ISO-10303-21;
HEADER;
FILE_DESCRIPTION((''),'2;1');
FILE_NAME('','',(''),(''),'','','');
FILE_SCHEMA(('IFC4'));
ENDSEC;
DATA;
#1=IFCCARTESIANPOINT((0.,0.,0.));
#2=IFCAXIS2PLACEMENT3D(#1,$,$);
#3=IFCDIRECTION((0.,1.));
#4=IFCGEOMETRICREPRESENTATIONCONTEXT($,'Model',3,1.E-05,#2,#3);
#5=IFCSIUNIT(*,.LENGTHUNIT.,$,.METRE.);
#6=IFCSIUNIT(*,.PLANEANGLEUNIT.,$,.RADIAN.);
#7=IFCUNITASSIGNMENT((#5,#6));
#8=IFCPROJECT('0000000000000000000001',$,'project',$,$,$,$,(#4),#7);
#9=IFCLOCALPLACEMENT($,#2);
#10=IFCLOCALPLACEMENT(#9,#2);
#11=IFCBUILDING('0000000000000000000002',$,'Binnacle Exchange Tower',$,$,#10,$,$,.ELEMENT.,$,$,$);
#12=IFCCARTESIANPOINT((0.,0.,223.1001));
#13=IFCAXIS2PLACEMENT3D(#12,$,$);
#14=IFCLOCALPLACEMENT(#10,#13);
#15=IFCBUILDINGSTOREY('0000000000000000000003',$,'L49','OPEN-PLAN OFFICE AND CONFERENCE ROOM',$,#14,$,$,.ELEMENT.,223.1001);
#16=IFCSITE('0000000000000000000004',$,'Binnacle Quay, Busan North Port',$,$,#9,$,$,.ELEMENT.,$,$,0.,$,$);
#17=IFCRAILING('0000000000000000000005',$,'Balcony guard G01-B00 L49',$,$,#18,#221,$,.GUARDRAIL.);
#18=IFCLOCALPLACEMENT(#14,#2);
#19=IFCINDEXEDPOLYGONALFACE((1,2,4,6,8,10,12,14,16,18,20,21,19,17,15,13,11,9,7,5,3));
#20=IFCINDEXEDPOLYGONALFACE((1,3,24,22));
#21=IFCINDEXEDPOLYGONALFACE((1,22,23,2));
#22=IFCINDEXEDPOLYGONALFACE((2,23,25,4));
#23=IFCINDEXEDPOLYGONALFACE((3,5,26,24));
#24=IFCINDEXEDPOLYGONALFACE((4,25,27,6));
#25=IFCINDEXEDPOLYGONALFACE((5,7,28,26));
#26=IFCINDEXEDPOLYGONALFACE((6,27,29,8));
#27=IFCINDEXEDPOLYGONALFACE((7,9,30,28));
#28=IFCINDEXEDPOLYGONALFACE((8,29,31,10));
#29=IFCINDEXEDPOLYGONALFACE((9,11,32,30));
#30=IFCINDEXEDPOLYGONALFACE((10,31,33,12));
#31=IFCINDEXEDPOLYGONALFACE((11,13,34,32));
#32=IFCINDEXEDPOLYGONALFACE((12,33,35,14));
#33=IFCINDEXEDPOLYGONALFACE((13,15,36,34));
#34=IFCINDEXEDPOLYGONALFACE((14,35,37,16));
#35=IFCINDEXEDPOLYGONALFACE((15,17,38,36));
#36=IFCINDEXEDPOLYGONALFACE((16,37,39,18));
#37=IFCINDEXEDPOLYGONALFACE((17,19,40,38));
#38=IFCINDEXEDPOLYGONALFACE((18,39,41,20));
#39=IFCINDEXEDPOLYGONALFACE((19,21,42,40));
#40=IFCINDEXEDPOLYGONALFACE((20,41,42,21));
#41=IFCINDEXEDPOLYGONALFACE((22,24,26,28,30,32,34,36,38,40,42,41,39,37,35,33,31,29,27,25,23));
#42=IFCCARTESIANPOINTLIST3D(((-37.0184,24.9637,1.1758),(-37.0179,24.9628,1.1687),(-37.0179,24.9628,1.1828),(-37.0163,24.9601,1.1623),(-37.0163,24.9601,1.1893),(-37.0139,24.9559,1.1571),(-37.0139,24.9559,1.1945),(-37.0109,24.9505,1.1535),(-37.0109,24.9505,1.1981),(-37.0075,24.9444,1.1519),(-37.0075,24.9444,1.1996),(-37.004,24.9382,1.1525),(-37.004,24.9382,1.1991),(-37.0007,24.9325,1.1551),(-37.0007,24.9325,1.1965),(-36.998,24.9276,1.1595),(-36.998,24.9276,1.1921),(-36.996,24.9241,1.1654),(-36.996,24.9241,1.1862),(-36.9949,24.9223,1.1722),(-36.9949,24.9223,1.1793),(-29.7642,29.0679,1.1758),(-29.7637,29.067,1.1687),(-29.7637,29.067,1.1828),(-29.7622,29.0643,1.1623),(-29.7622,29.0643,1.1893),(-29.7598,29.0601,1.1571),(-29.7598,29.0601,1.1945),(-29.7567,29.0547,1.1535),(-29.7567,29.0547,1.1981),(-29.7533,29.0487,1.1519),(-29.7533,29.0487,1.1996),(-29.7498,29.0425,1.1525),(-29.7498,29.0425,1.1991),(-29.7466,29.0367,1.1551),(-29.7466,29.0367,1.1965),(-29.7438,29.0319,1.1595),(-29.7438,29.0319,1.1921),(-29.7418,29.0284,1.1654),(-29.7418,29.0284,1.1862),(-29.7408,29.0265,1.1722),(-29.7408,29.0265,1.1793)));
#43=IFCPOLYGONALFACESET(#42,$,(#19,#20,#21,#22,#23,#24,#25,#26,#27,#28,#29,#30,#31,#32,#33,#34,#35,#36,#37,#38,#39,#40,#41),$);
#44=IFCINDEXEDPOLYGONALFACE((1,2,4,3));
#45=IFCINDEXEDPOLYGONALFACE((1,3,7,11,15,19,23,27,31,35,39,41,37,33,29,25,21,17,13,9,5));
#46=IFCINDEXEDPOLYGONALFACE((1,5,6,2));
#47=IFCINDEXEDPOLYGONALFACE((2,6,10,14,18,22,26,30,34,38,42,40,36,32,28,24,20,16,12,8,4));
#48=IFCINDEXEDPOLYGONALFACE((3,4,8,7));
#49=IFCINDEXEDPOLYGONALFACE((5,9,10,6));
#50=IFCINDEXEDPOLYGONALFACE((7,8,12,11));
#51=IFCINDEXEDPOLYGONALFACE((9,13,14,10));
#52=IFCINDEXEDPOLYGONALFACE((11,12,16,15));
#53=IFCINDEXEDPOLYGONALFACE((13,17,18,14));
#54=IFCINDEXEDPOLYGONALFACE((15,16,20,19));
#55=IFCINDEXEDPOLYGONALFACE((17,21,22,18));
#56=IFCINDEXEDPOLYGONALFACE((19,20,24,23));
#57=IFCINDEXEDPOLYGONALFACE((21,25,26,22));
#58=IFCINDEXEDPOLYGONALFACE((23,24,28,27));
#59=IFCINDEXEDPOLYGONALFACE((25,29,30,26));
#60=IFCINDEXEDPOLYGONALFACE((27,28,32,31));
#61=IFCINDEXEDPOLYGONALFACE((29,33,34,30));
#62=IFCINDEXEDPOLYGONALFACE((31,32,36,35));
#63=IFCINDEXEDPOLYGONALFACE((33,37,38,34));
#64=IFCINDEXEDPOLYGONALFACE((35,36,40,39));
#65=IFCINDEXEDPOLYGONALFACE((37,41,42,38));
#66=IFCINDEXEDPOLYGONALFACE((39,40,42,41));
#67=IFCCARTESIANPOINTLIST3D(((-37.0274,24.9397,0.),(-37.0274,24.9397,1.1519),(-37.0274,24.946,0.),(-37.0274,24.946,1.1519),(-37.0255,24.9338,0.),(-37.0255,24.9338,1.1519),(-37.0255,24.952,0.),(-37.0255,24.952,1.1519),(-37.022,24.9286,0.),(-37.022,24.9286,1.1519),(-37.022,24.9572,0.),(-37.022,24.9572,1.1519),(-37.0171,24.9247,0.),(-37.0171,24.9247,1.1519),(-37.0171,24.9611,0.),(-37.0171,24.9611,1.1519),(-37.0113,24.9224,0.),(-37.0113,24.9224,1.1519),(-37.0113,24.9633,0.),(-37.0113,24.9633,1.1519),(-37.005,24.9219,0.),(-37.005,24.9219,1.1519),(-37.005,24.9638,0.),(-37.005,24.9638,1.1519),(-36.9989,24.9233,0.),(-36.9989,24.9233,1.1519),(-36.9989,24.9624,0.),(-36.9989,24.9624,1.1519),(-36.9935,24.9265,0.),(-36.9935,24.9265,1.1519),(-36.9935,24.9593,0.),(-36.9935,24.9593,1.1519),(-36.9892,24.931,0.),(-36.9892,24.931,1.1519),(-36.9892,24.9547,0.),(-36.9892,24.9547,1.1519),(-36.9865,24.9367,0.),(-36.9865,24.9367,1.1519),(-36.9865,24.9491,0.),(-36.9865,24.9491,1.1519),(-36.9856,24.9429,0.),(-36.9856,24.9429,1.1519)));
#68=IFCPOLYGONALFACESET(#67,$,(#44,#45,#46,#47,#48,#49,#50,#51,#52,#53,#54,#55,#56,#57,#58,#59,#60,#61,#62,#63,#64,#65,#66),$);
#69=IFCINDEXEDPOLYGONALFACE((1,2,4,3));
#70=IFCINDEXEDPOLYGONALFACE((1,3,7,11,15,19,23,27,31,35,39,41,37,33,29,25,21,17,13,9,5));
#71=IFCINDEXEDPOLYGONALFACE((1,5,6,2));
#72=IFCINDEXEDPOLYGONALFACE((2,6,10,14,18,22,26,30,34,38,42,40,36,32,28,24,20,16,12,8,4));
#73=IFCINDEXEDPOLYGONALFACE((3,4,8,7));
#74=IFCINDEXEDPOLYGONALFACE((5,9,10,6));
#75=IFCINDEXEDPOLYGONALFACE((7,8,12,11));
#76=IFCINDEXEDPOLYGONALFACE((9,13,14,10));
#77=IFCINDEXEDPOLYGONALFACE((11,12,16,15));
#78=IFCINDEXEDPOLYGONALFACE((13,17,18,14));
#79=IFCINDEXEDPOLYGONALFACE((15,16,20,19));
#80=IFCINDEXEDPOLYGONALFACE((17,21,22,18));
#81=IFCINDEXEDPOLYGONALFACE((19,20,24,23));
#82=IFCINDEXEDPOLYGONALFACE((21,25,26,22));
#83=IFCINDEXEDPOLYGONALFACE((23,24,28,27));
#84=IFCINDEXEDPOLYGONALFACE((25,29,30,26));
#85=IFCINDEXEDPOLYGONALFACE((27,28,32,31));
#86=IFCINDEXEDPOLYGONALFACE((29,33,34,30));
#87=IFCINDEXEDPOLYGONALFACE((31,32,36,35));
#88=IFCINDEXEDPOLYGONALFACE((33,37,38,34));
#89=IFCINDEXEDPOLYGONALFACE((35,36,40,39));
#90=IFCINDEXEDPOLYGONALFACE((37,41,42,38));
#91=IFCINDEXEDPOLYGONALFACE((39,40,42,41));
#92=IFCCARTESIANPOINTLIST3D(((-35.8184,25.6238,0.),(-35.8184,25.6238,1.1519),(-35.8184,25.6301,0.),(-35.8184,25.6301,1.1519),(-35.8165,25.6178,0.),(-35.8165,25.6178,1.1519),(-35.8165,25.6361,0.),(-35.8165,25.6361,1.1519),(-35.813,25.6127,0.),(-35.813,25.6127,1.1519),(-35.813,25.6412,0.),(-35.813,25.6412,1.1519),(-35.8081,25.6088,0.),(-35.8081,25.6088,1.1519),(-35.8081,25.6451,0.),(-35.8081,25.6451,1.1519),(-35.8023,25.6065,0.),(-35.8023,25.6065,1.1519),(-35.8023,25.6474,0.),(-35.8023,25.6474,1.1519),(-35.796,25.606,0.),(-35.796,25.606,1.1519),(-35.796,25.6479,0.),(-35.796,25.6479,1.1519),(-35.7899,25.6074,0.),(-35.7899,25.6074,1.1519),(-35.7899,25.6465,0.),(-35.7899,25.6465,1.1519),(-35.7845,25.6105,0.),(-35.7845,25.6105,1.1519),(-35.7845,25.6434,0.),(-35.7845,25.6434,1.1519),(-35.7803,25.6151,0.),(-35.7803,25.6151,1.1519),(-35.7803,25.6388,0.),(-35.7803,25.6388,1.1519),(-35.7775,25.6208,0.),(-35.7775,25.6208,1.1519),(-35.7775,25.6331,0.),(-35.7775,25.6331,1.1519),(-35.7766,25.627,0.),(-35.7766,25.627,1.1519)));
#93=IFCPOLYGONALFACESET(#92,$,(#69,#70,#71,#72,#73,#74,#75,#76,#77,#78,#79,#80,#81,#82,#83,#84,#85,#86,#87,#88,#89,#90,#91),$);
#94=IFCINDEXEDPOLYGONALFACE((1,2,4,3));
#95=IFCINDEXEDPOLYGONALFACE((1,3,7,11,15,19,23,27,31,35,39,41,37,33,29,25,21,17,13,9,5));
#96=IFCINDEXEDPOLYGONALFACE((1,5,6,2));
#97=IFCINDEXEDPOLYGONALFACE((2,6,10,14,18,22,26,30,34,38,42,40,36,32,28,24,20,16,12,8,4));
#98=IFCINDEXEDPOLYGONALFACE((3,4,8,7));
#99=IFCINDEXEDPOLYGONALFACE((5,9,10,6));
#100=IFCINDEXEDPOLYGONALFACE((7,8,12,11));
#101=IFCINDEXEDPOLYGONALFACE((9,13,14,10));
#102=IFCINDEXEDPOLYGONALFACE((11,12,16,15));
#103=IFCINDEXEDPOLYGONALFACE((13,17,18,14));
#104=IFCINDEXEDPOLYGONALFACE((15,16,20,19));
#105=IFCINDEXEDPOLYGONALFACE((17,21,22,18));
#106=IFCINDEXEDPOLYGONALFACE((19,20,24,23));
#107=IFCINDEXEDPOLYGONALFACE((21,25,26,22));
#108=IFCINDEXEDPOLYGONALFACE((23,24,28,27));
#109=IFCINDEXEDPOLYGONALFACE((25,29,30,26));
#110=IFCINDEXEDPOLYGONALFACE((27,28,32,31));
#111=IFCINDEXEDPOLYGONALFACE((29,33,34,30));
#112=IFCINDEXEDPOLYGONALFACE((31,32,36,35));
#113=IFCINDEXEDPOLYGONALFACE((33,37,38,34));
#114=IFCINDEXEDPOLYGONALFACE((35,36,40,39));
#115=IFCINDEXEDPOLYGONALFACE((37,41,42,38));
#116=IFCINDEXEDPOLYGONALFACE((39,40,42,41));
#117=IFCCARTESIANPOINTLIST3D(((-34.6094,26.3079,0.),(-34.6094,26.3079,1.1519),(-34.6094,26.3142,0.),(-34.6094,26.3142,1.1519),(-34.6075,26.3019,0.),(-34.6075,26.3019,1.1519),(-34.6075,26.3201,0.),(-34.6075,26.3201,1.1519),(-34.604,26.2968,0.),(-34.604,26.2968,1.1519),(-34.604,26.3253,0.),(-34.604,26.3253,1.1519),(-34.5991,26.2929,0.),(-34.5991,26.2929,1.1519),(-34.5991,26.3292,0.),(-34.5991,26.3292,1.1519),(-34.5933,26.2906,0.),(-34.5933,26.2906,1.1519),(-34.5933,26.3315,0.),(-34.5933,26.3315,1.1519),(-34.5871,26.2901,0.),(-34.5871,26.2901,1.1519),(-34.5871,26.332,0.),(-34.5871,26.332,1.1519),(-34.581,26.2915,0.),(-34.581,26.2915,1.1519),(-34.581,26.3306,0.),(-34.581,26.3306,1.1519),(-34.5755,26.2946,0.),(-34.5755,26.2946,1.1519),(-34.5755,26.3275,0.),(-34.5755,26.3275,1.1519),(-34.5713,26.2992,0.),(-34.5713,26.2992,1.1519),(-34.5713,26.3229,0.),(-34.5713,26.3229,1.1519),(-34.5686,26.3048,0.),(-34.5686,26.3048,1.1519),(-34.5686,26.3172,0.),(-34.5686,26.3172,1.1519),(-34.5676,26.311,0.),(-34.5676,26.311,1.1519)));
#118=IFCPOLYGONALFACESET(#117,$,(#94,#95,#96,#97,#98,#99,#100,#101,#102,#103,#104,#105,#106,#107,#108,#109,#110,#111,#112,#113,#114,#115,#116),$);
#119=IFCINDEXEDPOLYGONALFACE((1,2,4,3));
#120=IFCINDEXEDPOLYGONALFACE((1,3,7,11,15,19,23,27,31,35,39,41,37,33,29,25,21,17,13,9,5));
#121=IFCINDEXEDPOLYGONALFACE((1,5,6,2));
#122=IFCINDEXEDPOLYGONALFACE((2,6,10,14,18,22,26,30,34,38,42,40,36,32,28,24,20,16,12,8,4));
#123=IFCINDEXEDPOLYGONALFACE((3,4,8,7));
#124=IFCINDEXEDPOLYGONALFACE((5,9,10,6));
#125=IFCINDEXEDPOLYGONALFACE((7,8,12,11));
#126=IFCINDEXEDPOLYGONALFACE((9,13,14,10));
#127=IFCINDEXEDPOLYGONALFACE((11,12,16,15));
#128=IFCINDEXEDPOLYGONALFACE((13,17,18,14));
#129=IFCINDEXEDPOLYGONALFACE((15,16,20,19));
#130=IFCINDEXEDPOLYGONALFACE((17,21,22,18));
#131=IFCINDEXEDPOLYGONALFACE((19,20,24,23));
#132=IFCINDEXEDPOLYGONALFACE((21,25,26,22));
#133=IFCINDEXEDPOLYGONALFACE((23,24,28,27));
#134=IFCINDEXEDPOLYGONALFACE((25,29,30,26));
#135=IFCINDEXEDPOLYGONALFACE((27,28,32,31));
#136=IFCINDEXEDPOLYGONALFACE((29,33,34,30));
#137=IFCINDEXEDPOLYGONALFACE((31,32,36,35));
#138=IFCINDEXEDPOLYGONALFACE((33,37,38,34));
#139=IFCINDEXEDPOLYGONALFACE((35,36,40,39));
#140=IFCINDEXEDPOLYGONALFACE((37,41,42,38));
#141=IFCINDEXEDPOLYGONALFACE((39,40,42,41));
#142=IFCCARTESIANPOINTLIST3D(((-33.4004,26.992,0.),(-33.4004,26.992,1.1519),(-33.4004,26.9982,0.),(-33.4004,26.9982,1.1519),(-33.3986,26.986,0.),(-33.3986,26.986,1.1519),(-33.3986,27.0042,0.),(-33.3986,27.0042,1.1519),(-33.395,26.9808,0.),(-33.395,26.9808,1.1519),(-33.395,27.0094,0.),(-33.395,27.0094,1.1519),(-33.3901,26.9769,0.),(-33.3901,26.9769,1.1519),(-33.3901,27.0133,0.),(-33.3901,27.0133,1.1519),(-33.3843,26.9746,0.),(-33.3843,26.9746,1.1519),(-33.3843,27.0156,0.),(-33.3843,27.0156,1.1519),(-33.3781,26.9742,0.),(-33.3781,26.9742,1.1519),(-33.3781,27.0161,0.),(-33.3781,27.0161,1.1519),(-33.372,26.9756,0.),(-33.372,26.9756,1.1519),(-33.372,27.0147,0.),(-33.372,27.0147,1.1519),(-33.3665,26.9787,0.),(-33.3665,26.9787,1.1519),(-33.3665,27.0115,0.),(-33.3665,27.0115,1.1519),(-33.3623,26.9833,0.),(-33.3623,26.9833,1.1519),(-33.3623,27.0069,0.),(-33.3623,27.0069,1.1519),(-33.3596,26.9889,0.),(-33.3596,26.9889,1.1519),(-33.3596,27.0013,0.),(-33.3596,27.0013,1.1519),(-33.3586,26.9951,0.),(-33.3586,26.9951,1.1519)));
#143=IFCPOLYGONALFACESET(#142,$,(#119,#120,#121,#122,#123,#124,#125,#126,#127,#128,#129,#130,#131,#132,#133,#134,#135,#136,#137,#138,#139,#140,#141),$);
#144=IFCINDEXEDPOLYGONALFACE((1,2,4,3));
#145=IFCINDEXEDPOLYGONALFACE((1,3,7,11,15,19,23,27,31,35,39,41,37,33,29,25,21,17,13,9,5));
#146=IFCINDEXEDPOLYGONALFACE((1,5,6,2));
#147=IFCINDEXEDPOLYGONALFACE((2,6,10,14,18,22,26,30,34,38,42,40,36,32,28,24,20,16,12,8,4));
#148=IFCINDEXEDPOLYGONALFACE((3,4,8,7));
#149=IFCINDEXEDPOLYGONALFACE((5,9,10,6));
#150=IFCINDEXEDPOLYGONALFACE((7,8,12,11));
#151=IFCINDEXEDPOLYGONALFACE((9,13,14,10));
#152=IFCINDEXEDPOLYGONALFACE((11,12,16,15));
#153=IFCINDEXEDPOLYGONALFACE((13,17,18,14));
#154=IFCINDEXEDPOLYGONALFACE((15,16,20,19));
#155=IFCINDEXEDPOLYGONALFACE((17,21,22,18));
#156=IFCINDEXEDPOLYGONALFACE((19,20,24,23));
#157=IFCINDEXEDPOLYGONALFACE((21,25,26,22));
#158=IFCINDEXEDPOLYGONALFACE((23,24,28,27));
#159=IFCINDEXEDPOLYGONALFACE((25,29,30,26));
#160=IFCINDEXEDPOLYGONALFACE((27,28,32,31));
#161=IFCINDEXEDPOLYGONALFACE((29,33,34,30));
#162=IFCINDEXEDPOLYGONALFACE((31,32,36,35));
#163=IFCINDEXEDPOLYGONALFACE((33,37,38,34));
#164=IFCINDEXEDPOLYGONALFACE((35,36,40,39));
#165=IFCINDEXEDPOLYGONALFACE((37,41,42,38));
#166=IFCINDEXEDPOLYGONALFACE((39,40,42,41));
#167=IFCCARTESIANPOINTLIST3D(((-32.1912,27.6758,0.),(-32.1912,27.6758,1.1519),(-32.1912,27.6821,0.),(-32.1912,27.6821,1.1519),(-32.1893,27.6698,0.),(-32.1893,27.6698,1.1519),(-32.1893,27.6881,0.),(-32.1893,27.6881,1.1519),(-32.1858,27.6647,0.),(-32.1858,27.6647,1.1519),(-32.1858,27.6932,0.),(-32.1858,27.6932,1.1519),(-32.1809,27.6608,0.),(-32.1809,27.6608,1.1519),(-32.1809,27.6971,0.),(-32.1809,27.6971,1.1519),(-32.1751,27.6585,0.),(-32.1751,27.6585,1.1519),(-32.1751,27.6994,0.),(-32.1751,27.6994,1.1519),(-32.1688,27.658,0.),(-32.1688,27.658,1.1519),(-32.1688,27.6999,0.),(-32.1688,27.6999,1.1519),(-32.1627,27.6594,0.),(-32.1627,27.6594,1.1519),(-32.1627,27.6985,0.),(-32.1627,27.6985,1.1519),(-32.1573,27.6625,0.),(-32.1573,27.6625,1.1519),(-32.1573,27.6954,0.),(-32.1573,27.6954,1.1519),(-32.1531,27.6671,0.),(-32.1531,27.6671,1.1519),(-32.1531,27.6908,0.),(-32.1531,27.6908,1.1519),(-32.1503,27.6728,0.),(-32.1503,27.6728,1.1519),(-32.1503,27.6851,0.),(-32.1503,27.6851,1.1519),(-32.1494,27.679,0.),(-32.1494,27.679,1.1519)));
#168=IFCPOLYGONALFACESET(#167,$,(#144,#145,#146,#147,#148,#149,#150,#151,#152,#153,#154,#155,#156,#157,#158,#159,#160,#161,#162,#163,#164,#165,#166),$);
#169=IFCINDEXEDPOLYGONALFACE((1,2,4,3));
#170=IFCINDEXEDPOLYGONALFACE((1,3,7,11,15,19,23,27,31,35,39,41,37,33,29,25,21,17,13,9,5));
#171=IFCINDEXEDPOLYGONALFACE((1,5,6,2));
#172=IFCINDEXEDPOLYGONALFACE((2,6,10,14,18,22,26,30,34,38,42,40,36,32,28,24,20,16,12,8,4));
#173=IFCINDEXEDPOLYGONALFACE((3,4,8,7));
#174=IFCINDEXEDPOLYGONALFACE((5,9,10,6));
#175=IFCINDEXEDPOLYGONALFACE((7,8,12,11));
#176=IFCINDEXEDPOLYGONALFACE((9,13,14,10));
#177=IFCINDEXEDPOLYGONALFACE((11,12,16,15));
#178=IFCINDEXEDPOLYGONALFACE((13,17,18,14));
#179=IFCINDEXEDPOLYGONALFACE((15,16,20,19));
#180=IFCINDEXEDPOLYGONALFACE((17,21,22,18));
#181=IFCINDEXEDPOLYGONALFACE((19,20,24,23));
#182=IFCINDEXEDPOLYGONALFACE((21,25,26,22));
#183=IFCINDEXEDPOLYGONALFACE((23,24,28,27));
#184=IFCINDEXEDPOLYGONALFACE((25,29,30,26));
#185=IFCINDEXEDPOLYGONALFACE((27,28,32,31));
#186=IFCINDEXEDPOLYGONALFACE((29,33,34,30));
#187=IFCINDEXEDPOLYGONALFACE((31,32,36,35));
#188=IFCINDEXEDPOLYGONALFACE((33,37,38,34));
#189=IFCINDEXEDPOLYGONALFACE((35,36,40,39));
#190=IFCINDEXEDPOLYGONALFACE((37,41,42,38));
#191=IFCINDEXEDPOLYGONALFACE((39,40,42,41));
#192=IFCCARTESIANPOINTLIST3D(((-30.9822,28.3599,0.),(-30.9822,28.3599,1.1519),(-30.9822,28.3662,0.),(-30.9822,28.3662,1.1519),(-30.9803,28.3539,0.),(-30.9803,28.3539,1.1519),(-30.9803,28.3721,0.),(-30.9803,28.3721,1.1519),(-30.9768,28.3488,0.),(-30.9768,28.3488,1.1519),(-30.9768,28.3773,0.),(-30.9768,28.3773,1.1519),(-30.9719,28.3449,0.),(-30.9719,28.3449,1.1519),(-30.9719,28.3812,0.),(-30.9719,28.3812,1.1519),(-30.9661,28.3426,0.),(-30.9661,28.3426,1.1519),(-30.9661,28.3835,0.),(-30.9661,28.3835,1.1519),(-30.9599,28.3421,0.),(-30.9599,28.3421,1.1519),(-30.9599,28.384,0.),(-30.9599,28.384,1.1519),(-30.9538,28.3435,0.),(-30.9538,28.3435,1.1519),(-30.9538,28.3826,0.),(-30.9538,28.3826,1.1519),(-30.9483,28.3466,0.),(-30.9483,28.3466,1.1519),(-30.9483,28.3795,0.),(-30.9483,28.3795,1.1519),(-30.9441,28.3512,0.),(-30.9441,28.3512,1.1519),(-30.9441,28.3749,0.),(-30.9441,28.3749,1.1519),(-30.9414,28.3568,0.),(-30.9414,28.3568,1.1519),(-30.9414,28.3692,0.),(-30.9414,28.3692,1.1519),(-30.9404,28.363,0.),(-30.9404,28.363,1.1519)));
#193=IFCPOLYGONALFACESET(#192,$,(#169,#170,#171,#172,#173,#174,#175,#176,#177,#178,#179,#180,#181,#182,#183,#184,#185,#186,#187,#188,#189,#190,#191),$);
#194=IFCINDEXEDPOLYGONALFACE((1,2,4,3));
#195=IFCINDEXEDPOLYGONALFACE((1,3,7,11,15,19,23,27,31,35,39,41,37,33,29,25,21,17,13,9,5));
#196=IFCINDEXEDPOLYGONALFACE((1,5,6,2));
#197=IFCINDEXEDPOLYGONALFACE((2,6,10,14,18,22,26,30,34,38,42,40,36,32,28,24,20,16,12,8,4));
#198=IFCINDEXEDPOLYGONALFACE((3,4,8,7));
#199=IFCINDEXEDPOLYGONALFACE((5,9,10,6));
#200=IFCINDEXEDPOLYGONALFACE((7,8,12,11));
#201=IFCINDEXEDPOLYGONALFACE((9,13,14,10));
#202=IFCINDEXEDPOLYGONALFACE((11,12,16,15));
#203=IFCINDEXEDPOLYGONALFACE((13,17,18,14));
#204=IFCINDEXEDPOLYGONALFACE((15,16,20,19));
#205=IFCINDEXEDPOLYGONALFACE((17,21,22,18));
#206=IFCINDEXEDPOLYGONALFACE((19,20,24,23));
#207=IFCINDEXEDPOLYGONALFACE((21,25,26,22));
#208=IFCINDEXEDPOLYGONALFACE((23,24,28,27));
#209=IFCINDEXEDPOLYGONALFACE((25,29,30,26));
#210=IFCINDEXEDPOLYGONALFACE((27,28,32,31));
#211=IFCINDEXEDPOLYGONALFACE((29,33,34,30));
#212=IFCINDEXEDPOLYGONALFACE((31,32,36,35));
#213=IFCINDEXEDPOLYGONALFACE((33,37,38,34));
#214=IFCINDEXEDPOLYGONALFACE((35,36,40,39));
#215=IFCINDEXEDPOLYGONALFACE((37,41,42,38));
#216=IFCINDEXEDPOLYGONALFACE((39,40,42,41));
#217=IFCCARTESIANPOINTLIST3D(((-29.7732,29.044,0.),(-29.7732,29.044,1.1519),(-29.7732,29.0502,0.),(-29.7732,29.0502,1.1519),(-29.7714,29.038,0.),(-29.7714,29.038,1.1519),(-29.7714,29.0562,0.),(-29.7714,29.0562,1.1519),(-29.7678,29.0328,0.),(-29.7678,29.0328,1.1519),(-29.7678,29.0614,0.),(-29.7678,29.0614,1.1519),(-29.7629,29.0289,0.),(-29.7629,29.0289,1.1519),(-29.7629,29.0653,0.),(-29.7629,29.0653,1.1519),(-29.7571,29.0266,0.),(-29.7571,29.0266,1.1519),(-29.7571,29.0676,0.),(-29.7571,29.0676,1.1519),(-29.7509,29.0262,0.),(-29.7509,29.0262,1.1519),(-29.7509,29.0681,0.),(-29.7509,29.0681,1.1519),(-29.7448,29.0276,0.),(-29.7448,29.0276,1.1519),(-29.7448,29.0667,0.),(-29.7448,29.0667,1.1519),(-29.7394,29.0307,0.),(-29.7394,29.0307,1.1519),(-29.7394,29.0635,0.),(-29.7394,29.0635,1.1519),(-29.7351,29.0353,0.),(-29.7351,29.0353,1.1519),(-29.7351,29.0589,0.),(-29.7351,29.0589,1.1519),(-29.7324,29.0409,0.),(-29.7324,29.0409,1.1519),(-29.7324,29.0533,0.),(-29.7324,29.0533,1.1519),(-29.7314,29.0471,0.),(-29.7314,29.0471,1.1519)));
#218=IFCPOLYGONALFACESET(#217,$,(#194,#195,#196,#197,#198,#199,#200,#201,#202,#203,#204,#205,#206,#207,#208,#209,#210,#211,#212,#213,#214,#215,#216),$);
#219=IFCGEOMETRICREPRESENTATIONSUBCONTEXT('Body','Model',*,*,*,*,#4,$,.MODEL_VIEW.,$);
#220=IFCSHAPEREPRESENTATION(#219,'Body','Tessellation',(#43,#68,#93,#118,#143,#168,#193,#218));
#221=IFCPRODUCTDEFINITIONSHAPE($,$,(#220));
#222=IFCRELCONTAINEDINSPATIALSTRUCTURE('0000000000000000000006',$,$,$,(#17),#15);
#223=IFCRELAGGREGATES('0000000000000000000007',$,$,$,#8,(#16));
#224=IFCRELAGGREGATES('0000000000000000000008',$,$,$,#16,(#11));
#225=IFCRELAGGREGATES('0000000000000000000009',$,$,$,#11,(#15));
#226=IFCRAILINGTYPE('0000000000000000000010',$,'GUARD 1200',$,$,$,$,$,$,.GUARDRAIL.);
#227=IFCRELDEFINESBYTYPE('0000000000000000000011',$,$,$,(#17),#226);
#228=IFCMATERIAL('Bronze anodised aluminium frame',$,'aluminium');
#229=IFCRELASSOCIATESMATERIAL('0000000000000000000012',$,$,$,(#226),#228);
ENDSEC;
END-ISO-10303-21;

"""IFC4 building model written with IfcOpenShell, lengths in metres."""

from ifc_helpers import new_model, si_unit, direction, frame, origin, origin_2d, place, context, subcontext, project, spatial, circle, extrude, material, type_object, element, save


model = new_model("IFC4")

# Units and contexts
model_context = context("Model", 3, precision=1e-05, world=origin(), true_north=direction((0.0, 1.0)))
body_context = subcontext(model_context, "Body", "Model", "MODEL_VIEW")
ifc_project = project(units=[si_unit("LENGTHUNIT", "METRE"), si_unit("PLANEANGLEUNIT", "RADIAN")], contexts=[model_context])

# Site, building, storey
site_placement = place(None, origin())
site = spatial("IfcSite", under=ifc_project, at=site_placement, Name="Binnacle Quay, Busan North Port", CompositionType="ELEMENT", RefElevation=0.0)
building_placement = place(site_placement, origin())
building = spatial("IfcBuilding", under=site, at=building_placement, Name="Binnacle Exchange Tower", CompositionType="ELEMENT")
storey_placement = place(building_placement, frame((0.0, 0.0, 223.1001)))
storey = spatial("IfcBuildingStorey", under=building, at=storey_placement, Name="L49", Description="OPEN-PLAN OFFICE AND CONFERENCE ROOM", CompositionType="ELEMENT", Elevation=223.1001)

# Railing
ifc_material_1 = material(Name="Bronze anodised aluminium frame", Category="aluminium")
railing_type_1 = type_object("IfcRailingType", Name="GUARD 1200", PredefinedType="GUARDRAIL", material=ifc_material_1)
railing_1_placement = place(storey_placement, frame((-37.0066, 24.9429, 0.0)))
element("IfcRailing", 1, at=railing_1_placement, inside=storey, type_object=railing_type_1, Name="Balcony guard G01-B00 L49", PredefinedType="GUARDRAIL", context=body_context, shape_type="SweptSolid", body=[
    extrude(circle(Radius=0.0239, at=origin_2d()), frame((0.0, 0.0, 1.1758), z_axis=(0.870353, 0.492428, 0.0), x_axis=(-0.492428, 0.870353, 0.0)), (0.0, 0.0, 1.0), 8.3347),
    extrude(circle(Radius=0.021, at=origin_2d()), origin(), (0.0, 0.0, 1.0), 1.1519),
    extrude(circle(Radius=0.021, at=origin_2d()), frame((1.209, 0.6841, 0.0)), (0.0, 0.0, 1.0), 1.1519),
    extrude(circle(Radius=0.021, at=origin_2d()), frame((2.418, 1.3682, 0.0)), (0.0, 0.0, 1.0), 1.1519),
    extrude(circle(Radius=0.021, at=origin_2d()), frame((3.627, 2.0522, 0.0)), (0.0, 0.0, 1.0), 1.1519),
    extrude(circle(Radius=0.021, at=origin_2d()), frame((4.8362, 2.7361, 0.0)), (0.0, 0.0, 1.0), 1.1519),
    extrude(circle(Radius=0.021, at=origin_2d()), frame((6.0452, 3.4202, 0.0)), (0.0, 0.0, 1.0), 1.1519),
    extrude(circle(Radius=0.021, at=origin_2d()), frame((7.2542, 4.1042, 0.0)), (0.0, 0.0, 1.0), 1.1519),
])

save(model, "model.ifc")
